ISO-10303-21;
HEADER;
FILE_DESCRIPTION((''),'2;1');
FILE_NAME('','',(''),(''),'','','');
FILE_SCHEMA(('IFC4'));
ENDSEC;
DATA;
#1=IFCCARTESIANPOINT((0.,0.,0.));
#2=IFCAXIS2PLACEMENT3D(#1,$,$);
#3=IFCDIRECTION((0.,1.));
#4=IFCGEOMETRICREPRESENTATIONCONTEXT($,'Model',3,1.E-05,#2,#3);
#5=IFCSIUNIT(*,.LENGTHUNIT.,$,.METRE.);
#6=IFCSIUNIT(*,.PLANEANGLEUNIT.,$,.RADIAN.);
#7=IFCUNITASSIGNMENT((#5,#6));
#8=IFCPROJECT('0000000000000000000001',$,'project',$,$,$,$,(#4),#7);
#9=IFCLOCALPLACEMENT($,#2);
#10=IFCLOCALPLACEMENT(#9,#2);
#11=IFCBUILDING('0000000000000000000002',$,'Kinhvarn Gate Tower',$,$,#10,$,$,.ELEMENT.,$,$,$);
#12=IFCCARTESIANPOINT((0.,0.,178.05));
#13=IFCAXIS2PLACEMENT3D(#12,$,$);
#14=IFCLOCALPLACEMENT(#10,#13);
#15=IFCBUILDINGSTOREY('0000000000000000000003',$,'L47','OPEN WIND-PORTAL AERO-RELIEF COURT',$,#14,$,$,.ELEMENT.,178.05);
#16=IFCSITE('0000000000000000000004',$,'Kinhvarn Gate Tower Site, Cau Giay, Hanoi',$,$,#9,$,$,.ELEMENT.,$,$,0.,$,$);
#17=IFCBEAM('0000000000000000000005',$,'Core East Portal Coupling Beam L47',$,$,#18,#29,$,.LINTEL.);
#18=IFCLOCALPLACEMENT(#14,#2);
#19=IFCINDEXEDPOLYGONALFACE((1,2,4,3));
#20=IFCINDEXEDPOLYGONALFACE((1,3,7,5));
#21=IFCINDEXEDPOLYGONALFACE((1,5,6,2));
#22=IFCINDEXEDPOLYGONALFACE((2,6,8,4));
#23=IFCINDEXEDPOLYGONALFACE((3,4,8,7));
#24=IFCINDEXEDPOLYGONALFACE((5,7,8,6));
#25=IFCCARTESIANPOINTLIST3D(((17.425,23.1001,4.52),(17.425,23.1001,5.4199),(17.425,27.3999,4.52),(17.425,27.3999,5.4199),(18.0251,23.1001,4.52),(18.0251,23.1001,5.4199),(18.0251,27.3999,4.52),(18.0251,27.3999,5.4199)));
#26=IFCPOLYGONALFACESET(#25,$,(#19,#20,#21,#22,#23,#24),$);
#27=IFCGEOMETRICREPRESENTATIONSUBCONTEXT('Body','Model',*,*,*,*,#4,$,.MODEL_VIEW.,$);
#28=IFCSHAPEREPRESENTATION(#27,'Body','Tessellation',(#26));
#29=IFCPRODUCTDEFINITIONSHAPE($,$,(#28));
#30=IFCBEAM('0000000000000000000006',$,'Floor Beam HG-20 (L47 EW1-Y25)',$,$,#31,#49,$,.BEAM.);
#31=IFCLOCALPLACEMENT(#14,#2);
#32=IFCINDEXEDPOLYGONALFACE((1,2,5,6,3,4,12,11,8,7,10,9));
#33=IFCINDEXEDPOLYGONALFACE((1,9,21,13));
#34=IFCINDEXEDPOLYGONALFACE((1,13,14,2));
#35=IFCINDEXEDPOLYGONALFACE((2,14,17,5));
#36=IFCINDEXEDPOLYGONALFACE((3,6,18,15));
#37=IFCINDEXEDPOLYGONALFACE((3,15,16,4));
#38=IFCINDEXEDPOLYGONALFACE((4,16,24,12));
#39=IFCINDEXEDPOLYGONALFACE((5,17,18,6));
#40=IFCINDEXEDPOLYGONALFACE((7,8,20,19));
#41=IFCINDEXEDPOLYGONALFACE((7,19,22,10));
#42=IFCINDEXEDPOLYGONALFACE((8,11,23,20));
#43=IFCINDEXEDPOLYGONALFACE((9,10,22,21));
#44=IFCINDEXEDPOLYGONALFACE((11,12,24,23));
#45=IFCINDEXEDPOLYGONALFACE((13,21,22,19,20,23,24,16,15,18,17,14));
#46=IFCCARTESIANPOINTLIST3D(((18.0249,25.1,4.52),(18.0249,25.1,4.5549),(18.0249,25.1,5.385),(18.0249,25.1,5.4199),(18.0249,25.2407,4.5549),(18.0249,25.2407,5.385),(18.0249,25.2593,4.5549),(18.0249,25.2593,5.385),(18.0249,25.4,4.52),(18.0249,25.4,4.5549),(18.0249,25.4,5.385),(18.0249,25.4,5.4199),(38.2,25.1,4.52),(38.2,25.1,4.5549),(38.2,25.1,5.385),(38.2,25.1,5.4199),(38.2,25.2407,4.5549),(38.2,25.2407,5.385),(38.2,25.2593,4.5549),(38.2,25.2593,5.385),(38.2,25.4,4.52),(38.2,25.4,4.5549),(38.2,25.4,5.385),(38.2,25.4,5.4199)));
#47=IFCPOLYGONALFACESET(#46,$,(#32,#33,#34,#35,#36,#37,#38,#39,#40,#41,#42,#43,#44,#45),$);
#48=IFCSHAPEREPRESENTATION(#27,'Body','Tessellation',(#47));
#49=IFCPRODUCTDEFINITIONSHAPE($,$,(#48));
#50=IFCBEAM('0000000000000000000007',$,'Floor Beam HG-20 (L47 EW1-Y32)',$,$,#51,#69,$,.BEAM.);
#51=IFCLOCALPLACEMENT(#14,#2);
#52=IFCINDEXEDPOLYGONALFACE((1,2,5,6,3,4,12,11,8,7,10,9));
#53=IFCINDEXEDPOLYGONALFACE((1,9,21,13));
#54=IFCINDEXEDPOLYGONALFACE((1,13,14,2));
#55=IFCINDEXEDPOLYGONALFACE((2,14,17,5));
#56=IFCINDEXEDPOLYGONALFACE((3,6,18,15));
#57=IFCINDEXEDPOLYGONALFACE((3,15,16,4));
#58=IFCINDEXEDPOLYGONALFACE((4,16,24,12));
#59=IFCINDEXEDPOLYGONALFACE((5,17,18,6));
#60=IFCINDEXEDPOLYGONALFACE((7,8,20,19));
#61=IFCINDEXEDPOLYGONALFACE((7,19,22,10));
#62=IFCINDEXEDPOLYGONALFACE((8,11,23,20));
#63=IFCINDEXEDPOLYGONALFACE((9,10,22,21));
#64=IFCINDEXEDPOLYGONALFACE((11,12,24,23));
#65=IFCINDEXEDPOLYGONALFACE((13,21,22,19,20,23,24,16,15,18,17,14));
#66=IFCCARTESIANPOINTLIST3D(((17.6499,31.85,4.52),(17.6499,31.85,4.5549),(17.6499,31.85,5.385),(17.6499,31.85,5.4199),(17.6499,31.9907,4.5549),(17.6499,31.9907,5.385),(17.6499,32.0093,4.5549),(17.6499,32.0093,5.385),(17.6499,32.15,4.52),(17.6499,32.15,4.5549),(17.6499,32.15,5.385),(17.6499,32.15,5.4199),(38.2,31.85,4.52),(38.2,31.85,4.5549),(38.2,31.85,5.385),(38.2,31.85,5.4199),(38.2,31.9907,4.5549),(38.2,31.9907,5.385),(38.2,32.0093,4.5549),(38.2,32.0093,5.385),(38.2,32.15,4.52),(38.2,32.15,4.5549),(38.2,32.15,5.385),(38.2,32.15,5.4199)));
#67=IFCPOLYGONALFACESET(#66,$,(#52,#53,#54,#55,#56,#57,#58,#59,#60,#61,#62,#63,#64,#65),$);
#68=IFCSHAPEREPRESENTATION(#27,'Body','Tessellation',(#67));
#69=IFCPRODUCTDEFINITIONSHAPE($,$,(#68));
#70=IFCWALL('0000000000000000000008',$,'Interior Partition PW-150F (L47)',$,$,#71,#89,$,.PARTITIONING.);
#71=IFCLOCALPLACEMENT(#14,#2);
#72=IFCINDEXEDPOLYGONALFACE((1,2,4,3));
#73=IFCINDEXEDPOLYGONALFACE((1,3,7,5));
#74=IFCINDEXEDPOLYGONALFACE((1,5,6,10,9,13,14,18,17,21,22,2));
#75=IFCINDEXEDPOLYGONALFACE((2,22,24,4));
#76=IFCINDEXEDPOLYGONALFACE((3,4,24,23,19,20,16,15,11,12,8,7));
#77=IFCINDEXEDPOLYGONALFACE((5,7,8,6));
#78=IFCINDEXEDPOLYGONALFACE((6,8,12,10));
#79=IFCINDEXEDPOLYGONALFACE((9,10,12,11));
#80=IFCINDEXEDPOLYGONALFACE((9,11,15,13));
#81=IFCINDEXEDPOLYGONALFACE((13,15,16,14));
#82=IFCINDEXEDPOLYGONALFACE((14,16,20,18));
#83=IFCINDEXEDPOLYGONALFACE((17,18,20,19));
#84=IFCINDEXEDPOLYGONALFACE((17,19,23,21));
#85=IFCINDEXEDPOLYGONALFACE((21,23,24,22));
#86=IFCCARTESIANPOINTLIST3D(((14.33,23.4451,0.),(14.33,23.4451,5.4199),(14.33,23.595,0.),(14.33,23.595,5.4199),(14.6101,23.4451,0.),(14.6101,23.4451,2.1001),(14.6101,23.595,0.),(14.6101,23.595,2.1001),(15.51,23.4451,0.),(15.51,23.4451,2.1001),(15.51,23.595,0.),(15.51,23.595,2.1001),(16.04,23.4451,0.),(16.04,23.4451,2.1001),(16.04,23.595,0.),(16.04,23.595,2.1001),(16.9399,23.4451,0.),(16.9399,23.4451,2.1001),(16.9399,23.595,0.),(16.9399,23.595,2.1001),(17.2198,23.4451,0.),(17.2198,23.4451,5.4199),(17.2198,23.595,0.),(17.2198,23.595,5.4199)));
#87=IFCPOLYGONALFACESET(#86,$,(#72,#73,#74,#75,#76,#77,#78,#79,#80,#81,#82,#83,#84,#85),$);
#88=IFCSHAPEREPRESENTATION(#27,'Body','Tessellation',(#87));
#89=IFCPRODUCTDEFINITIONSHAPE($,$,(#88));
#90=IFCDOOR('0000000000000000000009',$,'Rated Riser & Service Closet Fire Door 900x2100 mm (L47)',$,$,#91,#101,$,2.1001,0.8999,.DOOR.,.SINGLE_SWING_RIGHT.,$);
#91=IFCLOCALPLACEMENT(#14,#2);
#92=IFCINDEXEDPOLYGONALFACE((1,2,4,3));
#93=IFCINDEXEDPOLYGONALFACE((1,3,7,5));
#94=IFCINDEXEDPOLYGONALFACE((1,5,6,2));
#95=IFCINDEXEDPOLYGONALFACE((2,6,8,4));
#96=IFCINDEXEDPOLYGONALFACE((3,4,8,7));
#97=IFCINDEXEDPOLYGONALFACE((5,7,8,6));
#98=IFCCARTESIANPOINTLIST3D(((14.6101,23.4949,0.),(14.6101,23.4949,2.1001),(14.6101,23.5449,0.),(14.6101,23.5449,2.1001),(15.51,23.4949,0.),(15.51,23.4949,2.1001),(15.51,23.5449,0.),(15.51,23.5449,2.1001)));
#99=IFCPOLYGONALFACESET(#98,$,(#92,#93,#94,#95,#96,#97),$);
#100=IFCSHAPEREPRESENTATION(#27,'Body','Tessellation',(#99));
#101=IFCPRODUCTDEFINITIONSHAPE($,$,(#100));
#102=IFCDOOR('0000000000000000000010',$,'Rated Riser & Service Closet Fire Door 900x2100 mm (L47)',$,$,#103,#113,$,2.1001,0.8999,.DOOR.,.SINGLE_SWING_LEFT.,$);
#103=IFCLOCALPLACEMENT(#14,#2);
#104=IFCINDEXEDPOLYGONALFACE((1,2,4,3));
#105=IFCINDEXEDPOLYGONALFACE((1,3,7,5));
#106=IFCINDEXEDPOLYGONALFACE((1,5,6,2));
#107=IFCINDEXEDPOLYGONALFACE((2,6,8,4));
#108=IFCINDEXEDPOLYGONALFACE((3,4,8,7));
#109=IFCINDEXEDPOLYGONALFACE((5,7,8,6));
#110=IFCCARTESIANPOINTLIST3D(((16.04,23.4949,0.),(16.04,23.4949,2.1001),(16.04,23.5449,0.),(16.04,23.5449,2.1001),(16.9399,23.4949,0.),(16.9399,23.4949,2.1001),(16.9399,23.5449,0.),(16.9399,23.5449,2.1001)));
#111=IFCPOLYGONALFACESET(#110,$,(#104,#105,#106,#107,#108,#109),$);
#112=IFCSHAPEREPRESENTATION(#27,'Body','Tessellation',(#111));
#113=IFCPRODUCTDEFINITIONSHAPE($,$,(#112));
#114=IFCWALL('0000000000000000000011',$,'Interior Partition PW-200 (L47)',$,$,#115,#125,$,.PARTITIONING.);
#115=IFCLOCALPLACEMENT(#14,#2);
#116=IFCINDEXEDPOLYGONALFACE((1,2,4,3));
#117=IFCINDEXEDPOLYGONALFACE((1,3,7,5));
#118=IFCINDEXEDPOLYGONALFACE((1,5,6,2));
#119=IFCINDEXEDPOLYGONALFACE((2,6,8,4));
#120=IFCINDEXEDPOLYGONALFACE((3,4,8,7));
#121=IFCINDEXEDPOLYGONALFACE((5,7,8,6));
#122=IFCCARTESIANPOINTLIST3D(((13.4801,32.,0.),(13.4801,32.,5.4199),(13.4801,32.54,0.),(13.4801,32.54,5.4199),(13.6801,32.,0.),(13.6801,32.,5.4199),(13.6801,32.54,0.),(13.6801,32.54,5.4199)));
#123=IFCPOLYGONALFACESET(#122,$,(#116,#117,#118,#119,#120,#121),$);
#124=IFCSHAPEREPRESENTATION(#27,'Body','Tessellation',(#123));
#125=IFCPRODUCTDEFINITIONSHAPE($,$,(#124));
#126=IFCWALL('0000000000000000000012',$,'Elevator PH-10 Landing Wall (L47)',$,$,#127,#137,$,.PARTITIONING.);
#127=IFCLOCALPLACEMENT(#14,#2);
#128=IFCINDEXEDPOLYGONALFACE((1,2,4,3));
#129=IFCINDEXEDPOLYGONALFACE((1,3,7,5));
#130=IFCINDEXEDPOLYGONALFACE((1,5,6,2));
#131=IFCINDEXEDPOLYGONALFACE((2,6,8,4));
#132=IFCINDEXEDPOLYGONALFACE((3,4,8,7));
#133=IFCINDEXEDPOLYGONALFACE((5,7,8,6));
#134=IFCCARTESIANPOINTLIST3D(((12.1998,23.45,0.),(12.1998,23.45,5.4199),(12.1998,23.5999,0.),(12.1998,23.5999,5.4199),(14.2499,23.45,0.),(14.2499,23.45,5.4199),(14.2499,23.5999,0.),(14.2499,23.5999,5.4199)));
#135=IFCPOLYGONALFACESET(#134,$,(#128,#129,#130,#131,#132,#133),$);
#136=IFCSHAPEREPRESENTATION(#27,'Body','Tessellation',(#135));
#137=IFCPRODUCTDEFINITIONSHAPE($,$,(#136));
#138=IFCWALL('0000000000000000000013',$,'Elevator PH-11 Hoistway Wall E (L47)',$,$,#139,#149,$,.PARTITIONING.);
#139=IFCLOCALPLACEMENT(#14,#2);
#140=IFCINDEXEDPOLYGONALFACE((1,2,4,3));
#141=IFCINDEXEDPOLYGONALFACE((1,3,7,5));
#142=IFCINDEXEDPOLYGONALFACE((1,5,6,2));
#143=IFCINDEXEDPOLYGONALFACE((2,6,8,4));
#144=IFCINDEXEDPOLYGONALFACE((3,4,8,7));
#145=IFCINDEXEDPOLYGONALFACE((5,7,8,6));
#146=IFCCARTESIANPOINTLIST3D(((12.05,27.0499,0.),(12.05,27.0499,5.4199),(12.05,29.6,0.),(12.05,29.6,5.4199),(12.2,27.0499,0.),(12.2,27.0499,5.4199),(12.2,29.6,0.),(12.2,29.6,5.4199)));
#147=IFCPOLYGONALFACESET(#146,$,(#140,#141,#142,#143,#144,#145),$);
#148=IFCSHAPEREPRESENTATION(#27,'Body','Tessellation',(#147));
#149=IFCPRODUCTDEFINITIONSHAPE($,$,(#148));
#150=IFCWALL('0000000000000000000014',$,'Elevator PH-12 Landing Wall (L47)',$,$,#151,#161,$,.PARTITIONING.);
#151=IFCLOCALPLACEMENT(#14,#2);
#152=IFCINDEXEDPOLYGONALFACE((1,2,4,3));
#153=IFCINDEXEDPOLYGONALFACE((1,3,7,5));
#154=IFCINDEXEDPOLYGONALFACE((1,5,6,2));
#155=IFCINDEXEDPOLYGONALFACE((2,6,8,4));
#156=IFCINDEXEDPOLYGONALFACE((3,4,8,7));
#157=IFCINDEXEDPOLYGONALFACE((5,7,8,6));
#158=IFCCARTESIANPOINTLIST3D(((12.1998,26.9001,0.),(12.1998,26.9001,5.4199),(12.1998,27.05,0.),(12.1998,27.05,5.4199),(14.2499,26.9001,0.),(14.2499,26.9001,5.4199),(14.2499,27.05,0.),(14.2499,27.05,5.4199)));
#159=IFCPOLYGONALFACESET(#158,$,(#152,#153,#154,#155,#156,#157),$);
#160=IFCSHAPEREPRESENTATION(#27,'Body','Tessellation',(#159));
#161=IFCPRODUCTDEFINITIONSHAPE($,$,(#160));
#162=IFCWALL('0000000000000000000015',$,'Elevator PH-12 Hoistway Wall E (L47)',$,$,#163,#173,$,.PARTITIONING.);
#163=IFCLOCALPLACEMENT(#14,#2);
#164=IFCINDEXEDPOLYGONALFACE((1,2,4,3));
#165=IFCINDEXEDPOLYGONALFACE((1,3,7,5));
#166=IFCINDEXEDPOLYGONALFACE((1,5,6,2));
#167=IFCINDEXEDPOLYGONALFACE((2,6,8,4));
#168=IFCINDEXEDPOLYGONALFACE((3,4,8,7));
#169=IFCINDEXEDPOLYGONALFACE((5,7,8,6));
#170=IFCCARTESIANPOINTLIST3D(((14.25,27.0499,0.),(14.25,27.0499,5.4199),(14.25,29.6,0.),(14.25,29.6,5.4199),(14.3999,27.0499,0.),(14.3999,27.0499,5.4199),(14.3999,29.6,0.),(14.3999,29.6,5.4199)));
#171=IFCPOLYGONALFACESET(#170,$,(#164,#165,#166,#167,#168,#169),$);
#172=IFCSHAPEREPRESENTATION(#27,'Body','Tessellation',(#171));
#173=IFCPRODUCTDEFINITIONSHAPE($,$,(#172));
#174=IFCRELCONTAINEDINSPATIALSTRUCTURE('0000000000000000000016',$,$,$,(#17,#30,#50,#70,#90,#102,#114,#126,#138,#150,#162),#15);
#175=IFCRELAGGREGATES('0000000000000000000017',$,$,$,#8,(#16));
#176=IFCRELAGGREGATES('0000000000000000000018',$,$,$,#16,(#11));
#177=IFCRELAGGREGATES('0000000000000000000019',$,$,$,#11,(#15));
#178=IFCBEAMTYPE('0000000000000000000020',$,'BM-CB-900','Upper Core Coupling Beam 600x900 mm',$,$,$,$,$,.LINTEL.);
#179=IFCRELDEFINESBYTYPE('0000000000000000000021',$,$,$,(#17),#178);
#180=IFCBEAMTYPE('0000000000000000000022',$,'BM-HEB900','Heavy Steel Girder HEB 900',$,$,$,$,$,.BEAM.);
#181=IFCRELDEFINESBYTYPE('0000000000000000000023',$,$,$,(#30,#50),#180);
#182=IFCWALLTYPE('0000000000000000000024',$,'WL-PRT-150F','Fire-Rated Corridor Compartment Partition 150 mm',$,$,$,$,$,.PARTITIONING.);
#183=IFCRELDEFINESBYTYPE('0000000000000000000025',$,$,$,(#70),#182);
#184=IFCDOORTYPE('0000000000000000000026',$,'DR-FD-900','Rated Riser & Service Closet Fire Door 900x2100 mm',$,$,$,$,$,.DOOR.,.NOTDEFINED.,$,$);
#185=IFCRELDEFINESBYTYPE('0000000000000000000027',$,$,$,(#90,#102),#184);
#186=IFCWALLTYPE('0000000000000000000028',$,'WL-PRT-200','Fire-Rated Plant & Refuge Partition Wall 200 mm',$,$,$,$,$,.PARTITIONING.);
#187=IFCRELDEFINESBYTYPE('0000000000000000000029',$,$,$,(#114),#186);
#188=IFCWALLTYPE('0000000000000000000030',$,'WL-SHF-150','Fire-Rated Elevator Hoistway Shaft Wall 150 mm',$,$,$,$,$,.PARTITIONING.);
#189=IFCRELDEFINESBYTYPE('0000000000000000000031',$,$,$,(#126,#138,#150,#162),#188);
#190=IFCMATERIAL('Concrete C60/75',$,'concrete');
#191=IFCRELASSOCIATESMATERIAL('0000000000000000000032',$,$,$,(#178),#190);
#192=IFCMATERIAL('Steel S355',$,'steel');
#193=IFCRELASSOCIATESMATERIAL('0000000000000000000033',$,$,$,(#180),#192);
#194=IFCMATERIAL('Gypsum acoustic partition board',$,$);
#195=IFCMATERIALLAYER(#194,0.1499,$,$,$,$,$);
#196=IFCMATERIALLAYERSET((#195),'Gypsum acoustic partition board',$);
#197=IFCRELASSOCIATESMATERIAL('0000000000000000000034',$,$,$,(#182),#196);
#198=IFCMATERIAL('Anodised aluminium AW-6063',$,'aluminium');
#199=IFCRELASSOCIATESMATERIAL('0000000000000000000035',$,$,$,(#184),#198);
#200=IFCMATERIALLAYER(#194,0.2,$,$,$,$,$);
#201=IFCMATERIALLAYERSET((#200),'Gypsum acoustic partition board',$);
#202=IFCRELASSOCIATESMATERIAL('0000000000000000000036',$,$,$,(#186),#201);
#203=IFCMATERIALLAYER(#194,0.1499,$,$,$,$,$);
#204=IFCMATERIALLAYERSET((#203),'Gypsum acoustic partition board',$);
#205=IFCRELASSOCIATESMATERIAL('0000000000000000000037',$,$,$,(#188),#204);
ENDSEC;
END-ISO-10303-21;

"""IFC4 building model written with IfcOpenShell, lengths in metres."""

from ifc_helpers import new_model, si_unit, direction, frame, frame_2d, origin, origin_2d, place, context, subcontext, project, spatial, rectangle, i_section, extrude, material, layer, layer_set, material_profile, profile_set, type_object, element, fill, save


model = new_model("IFC4")

# Units and contexts
model_context = context("Model", 3, precision=1e-05, world=origin(), true_north=direction((0.0, 1.0)))
body_context = subcontext(model_context, "Body", "Model", "MODEL_VIEW")
ifc_project = project(units=[si_unit("LENGTHUNIT", "METRE"), si_unit("PLANEANGLEUNIT", "RADIAN")], contexts=[model_context])

# Site, building, storey
site_placement = place(None, origin())
site = spatial("IfcSite", under=ifc_project, at=site_placement, Name="Kinhvarn Gate Tower Site, Cau Giay, Hanoi", CompositionType="ELEMENT", RefElevation=0.0)
building_placement = place(site_placement, origin())
building = spatial("IfcBuilding", under=site, at=building_placement, Name="Kinhvarn Gate Tower", CompositionType="ELEMENT")
storey_placement = place(building_placement, frame((0.0, 0.0, 178.05)))
storey = spatial("IfcBuildingStorey", under=building, at=storey_placement, Name="L47", Description="OPEN WIND-PORTAL AERO-RELIEF COURT", CompositionType="ELEMENT", Elevation=178.05)

# Beams
ifc_material_1 = material(Name="Concrete C60/75", Category="concrete")
ifc_material_profile_1 = material_profile(ifc_material_1, rectangle(XDim=0.6001, YDim=0.8999, at=origin_2d()), Name="RC 600x900")
ifc_profile_set_1 = profile_set([ifc_material_profile_1], Name="Concrete C60/75")
beam_type_1 = type_object("IfcBeamType", Name="BM-CB-900", Description="Upper Core Coupling Beam 600x900 mm", PredefinedType="LINTEL", material=ifc_profile_set_1)
beam_1_placement = place(storey_placement, frame((17.7251, 23.1001, 4.97), z_axis=(0.0, 1.0, 0.0), x_axis=(-1.0, 0.0, 0.0)))
element("IfcBeam", 1, at=beam_1_placement, inside=storey, type_object=beam_type_1, Name="Core East Portal Coupling Beam L47", PredefinedType="LINTEL", context=body_context, shape_type="SweptSolid", body=[
    extrude(rectangle(XDim=0.6001, YDim=0.8999, at=origin_2d()), origin(), (0.0, 0.0, 1.0), 4.2998),
])
ifc_material_2 = material(Name="Steel S355", Category="steel")
ifc_material_profile_2 = material_profile(ifc_material_2, i_section(OverallWidth=0.3, OverallDepth=0.8999, WebThickness=0.0186, FlangeThickness=0.0349, at=origin_2d()), Name="HEB 900")
ifc_profile_set_2 = profile_set([ifc_material_profile_2], Name="Steel S355")
beam_type_2 = type_object("IfcBeamType", Name="BM-HEB900", Description="Heavy Steel Girder HEB 900", PredefinedType="BEAM", material=ifc_profile_set_2)
beam_2_placement = place(storey_placement, frame((18.0249, 25.25, 4.97), z_axis=(1.0, 0.0, 0.0), x_axis=(0.0, 1.0, 0.0)))
element("IfcBeam", 2, at=beam_2_placement, inside=storey, type_object=beam_type_2, Name="Floor Beam HG-20 (L47 EW1-Y25)", PredefinedType="BEAM", context=body_context, shape_type="SweptSolid", body=[
    extrude(i_section(OverallWidth=0.3, OverallDepth=0.8999, WebThickness=0.0186, FlangeThickness=0.0349, at=origin_2d()), origin(), (0.0, 0.0, 1.0), 20.175),
])
beam_3_placement = place(storey_placement, frame((17.6499, 32.0, 4.97), z_axis=(1.0, 0.0, 0.0), x_axis=(0.0, 1.0, 0.0)))
element("IfcBeam", 3, at=beam_3_placement, inside=storey, type_object=beam_type_2, Name="Floor Beam HG-20 (L47 EW1-Y32)", PredefinedType="BEAM", context=body_context, shape_type="SweptSolid", body=[
    extrude(i_section(OverallWidth=0.3, OverallDepth=0.8999, WebThickness=0.0186, FlangeThickness=0.0349, at=origin_2d()), origin(), (0.0, 0.0, 1.0), 20.55),
])

# Shared definitions
ifc_material_3 = material(Name="Anodised aluminium AW-6063", Category="aluminium")

# Wall, openings, doors
ifc_material_4 = material(Name="Gypsum acoustic partition board")
ifc_layer_1 = layer(ifc_material_4, 0.1499)
ifc_layer_set_1 = layer_set([ifc_layer_1], Name="Gypsum acoustic partition board")
wall_type_1 = type_object("IfcWallType", Name="WL-PRT-150F", Description="Fire-Rated Corridor Compartment Partition 150 mm", PredefinedType="PARTITIONING", material=ifc_layer_set_1)
wall_1_placement = place(storey_placement, frame((14.3301, 23.52, 0.0), z_axis=(0.0, 0.0, 1.0), x_axis=(1.0, 0.0, 0.0)))
wall_1 = element("IfcWall", 4, at=wall_1_placement, inside=storey, type_object=wall_type_1, Name="Interior Partition PW-150F (L47)", PredefinedType="PARTITIONING", context=body_context, shape_type="SweptSolid", body=[
    extrude(rectangle(XDim=2.8899, YDim=0.1499, at=frame_2d((1.4448, 0.0))), origin(), (0.0, 0.0, 1.0), 5.4199),
])
opening_1_placement = place(wall_1_placement, frame((0.28, 0.0, 0.0)))
opening_1 = element("IfcOpeningElement", 5, at=opening_1_placement, cuts=wall_1, PredefinedType="OPENING", context=body_context, shape_type="SweptSolid", body=[
    extrude(rectangle(XDim=0.8999, YDim=2.1001, at=frame_2d((0.45, 1.05))), frame((0.0, 0.085, 0.0), z_axis=(0.0, -1.0, 0.0), x_axis=(1.0, 0.0, 0.0)), (0.0, 0.0, 1.0), 0.1699),
])
opening_2_placement = place(wall_1_placement, frame((1.71, 0.0, 0.0)))
opening_2 = element("IfcOpeningElement", 6, at=opening_2_placement, cuts=wall_1, PredefinedType="OPENING", context=body_context, shape_type="SweptSolid", body=[
    extrude(rectangle(XDim=0.8999, YDim=2.1001, at=frame_2d((0.45, 1.05))), frame((0.0, 0.085, 0.0), z_axis=(0.0, -1.0, 0.0), x_axis=(1.0, 0.0, 0.0)), (0.0, 0.0, 1.0), 0.1699),
])
door_type_1 = type_object("IfcDoorType", Name="DR-FD-900", Description="Rated Riser & Service Closet Fire Door 900x2100 mm", OperationType="NOTDEFINED", PredefinedType="DOOR", material=ifc_material_3)
door_1_placement = place(opening_1_placement, origin())
door_1 = element("IfcDoor", 7, at=door_1_placement, inside=storey, type_object=door_type_1, Name="Rated Riser & Service Closet Fire Door 900x2100 mm (L47)", OperationType="SINGLE_SWING_RIGHT", OverallHeight=2.1001, OverallWidth=0.8999, PredefinedType="DOOR", context=body_context, shape_type="SweptSolid", body=[
    extrude(rectangle(XDim=0.8999, YDim=2.1001, at=frame_2d((0.45, 1.05))), frame((0.0, 0.0249, 0.0), z_axis=(0.0, -1.0, 0.0), x_axis=(1.0, 0.0, 0.0)), (0.0, 0.0, 1.0), 0.05),
])
fill(opening_1, door_1)
door_2_placement = place(opening_2_placement, origin())
door_2 = element("IfcDoor", 8, at=door_2_placement, inside=storey, type_object=door_type_1, Name="Rated Riser & Service Closet Fire Door 900x2100 mm (L47)", OperationType="SINGLE_SWING_LEFT", OverallHeight=2.1001, OverallWidth=0.8999, PredefinedType="DOOR", context=body_context, shape_type="SweptSolid", body=[
    extrude(rectangle(XDim=0.8999, YDim=2.1001, at=frame_2d((0.45, 1.05))), frame((0.0, 0.0249, 0.0), z_axis=(0.0, -1.0, 0.0), x_axis=(1.0, 0.0, 0.0)), (0.0, 0.0, 1.0), 0.05),
])
fill(opening_2, door_2)

# Walls
ifc_layer_2 = layer(ifc_material_4, 0.2)
ifc_layer_set_2 = layer_set([ifc_layer_2], Name="Gypsum acoustic partition board")
wall_type_2 = type_object("IfcWallType", Name="WL-PRT-200", Description="Fire-Rated Plant & Refuge Partition Wall 200 mm", PredefinedType="PARTITIONING", material=ifc_layer_set_2)
wall_2_placement = place(storey_placement, frame((13.5801, 32.0, 0.0), z_axis=(0.0, 0.0, 1.0), x_axis=(0.0, 1.0, 0.0)))
element("IfcWall", 9, at=wall_2_placement, inside=storey, type_object=wall_type_2, Name="Interior Partition PW-200 (L47)", PredefinedType="PARTITIONING", context=body_context, shape_type="SweptSolid", body=[
    extrude(rectangle(XDim=0.54, YDim=0.2, at=frame_2d((0.27, 0.0))), origin(), (0.0, 0.0, 1.0), 5.4199),
])
ifc_layer_3 = layer(ifc_material_4, 0.1499)
ifc_layer_set_3 = layer_set([ifc_layer_3], Name="Gypsum acoustic partition board")
wall_type_3 = type_object("IfcWallType", Name="WL-SHF-150", Description="Fire-Rated Elevator Hoistway Shaft Wall 150 mm", PredefinedType="PARTITIONING", material=ifc_layer_set_3)
wall_3_placement = place(storey_placement, frame((12.2, 23.5249, 0.0), z_axis=(0.0, 0.0, 1.0), x_axis=(1.0, 0.0, 0.0)))
element("IfcWall", 10, at=wall_3_placement, inside=storey, type_object=wall_type_3, Name="Elevator PH-10 Landing Wall (L47)", PredefinedType="PARTITIONING", context=body_context, shape_type="SweptSolid", body=[
    extrude(rectangle(XDim=2.05, YDim=0.1499, at=frame_2d((1.0249, 0.0))), origin(), (0.0, 0.0, 1.0), 5.4199),
])
wall_4_placement = place(storey_placement, frame((12.125, 27.05, 0.0), z_axis=(0.0, 0.0, 1.0), x_axis=(0.0, 1.0, 0.0)))
element("IfcWall", 11, at=wall_4_placement, inside=storey, type_object=wall_type_3, Name="Elevator PH-11 Hoistway Wall E (L47)", PredefinedType="PARTITIONING", context=body_context, shape_type="SweptSolid", body=[
    extrude(rectangle(XDim=2.55, YDim=0.1499, at=frame_2d((1.2749, 0.0))), origin(), (0.0, 0.0, 1.0), 5.4199),
])
wall_5_placement = place(storey_placement, frame((12.2, 26.9751, 0.0), z_axis=(0.0, 0.0, 1.0), x_axis=(1.0, 0.0, 0.0)))
element("IfcWall", 12, at=wall_5_placement, inside=storey, type_object=wall_type_3, Name="Elevator PH-12 Landing Wall (L47)", PredefinedType="PARTITIONING", context=body_context, shape_type="SweptSolid", body=[
    extrude(rectangle(XDim=2.05, YDim=0.1499, at=frame_2d((1.0249, 0.0))), origin(), (0.0, 0.0, 1.0), 5.4199),
])
wall_6_placement = place(storey_placement, frame((14.325, 27.05, 0.0), z_axis=(0.0, 0.0, 1.0), x_axis=(0.0, 1.0, 0.0)))
element("IfcWall", 13, at=wall_6_placement, inside=storey, type_object=wall_type_3, Name="Elevator PH-12 Hoistway Wall E (L47)", PredefinedType="PARTITIONING", context=body_context, shape_type="SweptSolid", body=[
    extrude(rectangle(XDim=2.55, YDim=0.1499, at=frame_2d((1.2749, 0.0))), origin(), (0.0, 0.0, 1.0), 5.4199),
])

save(model, "model.ifc")
